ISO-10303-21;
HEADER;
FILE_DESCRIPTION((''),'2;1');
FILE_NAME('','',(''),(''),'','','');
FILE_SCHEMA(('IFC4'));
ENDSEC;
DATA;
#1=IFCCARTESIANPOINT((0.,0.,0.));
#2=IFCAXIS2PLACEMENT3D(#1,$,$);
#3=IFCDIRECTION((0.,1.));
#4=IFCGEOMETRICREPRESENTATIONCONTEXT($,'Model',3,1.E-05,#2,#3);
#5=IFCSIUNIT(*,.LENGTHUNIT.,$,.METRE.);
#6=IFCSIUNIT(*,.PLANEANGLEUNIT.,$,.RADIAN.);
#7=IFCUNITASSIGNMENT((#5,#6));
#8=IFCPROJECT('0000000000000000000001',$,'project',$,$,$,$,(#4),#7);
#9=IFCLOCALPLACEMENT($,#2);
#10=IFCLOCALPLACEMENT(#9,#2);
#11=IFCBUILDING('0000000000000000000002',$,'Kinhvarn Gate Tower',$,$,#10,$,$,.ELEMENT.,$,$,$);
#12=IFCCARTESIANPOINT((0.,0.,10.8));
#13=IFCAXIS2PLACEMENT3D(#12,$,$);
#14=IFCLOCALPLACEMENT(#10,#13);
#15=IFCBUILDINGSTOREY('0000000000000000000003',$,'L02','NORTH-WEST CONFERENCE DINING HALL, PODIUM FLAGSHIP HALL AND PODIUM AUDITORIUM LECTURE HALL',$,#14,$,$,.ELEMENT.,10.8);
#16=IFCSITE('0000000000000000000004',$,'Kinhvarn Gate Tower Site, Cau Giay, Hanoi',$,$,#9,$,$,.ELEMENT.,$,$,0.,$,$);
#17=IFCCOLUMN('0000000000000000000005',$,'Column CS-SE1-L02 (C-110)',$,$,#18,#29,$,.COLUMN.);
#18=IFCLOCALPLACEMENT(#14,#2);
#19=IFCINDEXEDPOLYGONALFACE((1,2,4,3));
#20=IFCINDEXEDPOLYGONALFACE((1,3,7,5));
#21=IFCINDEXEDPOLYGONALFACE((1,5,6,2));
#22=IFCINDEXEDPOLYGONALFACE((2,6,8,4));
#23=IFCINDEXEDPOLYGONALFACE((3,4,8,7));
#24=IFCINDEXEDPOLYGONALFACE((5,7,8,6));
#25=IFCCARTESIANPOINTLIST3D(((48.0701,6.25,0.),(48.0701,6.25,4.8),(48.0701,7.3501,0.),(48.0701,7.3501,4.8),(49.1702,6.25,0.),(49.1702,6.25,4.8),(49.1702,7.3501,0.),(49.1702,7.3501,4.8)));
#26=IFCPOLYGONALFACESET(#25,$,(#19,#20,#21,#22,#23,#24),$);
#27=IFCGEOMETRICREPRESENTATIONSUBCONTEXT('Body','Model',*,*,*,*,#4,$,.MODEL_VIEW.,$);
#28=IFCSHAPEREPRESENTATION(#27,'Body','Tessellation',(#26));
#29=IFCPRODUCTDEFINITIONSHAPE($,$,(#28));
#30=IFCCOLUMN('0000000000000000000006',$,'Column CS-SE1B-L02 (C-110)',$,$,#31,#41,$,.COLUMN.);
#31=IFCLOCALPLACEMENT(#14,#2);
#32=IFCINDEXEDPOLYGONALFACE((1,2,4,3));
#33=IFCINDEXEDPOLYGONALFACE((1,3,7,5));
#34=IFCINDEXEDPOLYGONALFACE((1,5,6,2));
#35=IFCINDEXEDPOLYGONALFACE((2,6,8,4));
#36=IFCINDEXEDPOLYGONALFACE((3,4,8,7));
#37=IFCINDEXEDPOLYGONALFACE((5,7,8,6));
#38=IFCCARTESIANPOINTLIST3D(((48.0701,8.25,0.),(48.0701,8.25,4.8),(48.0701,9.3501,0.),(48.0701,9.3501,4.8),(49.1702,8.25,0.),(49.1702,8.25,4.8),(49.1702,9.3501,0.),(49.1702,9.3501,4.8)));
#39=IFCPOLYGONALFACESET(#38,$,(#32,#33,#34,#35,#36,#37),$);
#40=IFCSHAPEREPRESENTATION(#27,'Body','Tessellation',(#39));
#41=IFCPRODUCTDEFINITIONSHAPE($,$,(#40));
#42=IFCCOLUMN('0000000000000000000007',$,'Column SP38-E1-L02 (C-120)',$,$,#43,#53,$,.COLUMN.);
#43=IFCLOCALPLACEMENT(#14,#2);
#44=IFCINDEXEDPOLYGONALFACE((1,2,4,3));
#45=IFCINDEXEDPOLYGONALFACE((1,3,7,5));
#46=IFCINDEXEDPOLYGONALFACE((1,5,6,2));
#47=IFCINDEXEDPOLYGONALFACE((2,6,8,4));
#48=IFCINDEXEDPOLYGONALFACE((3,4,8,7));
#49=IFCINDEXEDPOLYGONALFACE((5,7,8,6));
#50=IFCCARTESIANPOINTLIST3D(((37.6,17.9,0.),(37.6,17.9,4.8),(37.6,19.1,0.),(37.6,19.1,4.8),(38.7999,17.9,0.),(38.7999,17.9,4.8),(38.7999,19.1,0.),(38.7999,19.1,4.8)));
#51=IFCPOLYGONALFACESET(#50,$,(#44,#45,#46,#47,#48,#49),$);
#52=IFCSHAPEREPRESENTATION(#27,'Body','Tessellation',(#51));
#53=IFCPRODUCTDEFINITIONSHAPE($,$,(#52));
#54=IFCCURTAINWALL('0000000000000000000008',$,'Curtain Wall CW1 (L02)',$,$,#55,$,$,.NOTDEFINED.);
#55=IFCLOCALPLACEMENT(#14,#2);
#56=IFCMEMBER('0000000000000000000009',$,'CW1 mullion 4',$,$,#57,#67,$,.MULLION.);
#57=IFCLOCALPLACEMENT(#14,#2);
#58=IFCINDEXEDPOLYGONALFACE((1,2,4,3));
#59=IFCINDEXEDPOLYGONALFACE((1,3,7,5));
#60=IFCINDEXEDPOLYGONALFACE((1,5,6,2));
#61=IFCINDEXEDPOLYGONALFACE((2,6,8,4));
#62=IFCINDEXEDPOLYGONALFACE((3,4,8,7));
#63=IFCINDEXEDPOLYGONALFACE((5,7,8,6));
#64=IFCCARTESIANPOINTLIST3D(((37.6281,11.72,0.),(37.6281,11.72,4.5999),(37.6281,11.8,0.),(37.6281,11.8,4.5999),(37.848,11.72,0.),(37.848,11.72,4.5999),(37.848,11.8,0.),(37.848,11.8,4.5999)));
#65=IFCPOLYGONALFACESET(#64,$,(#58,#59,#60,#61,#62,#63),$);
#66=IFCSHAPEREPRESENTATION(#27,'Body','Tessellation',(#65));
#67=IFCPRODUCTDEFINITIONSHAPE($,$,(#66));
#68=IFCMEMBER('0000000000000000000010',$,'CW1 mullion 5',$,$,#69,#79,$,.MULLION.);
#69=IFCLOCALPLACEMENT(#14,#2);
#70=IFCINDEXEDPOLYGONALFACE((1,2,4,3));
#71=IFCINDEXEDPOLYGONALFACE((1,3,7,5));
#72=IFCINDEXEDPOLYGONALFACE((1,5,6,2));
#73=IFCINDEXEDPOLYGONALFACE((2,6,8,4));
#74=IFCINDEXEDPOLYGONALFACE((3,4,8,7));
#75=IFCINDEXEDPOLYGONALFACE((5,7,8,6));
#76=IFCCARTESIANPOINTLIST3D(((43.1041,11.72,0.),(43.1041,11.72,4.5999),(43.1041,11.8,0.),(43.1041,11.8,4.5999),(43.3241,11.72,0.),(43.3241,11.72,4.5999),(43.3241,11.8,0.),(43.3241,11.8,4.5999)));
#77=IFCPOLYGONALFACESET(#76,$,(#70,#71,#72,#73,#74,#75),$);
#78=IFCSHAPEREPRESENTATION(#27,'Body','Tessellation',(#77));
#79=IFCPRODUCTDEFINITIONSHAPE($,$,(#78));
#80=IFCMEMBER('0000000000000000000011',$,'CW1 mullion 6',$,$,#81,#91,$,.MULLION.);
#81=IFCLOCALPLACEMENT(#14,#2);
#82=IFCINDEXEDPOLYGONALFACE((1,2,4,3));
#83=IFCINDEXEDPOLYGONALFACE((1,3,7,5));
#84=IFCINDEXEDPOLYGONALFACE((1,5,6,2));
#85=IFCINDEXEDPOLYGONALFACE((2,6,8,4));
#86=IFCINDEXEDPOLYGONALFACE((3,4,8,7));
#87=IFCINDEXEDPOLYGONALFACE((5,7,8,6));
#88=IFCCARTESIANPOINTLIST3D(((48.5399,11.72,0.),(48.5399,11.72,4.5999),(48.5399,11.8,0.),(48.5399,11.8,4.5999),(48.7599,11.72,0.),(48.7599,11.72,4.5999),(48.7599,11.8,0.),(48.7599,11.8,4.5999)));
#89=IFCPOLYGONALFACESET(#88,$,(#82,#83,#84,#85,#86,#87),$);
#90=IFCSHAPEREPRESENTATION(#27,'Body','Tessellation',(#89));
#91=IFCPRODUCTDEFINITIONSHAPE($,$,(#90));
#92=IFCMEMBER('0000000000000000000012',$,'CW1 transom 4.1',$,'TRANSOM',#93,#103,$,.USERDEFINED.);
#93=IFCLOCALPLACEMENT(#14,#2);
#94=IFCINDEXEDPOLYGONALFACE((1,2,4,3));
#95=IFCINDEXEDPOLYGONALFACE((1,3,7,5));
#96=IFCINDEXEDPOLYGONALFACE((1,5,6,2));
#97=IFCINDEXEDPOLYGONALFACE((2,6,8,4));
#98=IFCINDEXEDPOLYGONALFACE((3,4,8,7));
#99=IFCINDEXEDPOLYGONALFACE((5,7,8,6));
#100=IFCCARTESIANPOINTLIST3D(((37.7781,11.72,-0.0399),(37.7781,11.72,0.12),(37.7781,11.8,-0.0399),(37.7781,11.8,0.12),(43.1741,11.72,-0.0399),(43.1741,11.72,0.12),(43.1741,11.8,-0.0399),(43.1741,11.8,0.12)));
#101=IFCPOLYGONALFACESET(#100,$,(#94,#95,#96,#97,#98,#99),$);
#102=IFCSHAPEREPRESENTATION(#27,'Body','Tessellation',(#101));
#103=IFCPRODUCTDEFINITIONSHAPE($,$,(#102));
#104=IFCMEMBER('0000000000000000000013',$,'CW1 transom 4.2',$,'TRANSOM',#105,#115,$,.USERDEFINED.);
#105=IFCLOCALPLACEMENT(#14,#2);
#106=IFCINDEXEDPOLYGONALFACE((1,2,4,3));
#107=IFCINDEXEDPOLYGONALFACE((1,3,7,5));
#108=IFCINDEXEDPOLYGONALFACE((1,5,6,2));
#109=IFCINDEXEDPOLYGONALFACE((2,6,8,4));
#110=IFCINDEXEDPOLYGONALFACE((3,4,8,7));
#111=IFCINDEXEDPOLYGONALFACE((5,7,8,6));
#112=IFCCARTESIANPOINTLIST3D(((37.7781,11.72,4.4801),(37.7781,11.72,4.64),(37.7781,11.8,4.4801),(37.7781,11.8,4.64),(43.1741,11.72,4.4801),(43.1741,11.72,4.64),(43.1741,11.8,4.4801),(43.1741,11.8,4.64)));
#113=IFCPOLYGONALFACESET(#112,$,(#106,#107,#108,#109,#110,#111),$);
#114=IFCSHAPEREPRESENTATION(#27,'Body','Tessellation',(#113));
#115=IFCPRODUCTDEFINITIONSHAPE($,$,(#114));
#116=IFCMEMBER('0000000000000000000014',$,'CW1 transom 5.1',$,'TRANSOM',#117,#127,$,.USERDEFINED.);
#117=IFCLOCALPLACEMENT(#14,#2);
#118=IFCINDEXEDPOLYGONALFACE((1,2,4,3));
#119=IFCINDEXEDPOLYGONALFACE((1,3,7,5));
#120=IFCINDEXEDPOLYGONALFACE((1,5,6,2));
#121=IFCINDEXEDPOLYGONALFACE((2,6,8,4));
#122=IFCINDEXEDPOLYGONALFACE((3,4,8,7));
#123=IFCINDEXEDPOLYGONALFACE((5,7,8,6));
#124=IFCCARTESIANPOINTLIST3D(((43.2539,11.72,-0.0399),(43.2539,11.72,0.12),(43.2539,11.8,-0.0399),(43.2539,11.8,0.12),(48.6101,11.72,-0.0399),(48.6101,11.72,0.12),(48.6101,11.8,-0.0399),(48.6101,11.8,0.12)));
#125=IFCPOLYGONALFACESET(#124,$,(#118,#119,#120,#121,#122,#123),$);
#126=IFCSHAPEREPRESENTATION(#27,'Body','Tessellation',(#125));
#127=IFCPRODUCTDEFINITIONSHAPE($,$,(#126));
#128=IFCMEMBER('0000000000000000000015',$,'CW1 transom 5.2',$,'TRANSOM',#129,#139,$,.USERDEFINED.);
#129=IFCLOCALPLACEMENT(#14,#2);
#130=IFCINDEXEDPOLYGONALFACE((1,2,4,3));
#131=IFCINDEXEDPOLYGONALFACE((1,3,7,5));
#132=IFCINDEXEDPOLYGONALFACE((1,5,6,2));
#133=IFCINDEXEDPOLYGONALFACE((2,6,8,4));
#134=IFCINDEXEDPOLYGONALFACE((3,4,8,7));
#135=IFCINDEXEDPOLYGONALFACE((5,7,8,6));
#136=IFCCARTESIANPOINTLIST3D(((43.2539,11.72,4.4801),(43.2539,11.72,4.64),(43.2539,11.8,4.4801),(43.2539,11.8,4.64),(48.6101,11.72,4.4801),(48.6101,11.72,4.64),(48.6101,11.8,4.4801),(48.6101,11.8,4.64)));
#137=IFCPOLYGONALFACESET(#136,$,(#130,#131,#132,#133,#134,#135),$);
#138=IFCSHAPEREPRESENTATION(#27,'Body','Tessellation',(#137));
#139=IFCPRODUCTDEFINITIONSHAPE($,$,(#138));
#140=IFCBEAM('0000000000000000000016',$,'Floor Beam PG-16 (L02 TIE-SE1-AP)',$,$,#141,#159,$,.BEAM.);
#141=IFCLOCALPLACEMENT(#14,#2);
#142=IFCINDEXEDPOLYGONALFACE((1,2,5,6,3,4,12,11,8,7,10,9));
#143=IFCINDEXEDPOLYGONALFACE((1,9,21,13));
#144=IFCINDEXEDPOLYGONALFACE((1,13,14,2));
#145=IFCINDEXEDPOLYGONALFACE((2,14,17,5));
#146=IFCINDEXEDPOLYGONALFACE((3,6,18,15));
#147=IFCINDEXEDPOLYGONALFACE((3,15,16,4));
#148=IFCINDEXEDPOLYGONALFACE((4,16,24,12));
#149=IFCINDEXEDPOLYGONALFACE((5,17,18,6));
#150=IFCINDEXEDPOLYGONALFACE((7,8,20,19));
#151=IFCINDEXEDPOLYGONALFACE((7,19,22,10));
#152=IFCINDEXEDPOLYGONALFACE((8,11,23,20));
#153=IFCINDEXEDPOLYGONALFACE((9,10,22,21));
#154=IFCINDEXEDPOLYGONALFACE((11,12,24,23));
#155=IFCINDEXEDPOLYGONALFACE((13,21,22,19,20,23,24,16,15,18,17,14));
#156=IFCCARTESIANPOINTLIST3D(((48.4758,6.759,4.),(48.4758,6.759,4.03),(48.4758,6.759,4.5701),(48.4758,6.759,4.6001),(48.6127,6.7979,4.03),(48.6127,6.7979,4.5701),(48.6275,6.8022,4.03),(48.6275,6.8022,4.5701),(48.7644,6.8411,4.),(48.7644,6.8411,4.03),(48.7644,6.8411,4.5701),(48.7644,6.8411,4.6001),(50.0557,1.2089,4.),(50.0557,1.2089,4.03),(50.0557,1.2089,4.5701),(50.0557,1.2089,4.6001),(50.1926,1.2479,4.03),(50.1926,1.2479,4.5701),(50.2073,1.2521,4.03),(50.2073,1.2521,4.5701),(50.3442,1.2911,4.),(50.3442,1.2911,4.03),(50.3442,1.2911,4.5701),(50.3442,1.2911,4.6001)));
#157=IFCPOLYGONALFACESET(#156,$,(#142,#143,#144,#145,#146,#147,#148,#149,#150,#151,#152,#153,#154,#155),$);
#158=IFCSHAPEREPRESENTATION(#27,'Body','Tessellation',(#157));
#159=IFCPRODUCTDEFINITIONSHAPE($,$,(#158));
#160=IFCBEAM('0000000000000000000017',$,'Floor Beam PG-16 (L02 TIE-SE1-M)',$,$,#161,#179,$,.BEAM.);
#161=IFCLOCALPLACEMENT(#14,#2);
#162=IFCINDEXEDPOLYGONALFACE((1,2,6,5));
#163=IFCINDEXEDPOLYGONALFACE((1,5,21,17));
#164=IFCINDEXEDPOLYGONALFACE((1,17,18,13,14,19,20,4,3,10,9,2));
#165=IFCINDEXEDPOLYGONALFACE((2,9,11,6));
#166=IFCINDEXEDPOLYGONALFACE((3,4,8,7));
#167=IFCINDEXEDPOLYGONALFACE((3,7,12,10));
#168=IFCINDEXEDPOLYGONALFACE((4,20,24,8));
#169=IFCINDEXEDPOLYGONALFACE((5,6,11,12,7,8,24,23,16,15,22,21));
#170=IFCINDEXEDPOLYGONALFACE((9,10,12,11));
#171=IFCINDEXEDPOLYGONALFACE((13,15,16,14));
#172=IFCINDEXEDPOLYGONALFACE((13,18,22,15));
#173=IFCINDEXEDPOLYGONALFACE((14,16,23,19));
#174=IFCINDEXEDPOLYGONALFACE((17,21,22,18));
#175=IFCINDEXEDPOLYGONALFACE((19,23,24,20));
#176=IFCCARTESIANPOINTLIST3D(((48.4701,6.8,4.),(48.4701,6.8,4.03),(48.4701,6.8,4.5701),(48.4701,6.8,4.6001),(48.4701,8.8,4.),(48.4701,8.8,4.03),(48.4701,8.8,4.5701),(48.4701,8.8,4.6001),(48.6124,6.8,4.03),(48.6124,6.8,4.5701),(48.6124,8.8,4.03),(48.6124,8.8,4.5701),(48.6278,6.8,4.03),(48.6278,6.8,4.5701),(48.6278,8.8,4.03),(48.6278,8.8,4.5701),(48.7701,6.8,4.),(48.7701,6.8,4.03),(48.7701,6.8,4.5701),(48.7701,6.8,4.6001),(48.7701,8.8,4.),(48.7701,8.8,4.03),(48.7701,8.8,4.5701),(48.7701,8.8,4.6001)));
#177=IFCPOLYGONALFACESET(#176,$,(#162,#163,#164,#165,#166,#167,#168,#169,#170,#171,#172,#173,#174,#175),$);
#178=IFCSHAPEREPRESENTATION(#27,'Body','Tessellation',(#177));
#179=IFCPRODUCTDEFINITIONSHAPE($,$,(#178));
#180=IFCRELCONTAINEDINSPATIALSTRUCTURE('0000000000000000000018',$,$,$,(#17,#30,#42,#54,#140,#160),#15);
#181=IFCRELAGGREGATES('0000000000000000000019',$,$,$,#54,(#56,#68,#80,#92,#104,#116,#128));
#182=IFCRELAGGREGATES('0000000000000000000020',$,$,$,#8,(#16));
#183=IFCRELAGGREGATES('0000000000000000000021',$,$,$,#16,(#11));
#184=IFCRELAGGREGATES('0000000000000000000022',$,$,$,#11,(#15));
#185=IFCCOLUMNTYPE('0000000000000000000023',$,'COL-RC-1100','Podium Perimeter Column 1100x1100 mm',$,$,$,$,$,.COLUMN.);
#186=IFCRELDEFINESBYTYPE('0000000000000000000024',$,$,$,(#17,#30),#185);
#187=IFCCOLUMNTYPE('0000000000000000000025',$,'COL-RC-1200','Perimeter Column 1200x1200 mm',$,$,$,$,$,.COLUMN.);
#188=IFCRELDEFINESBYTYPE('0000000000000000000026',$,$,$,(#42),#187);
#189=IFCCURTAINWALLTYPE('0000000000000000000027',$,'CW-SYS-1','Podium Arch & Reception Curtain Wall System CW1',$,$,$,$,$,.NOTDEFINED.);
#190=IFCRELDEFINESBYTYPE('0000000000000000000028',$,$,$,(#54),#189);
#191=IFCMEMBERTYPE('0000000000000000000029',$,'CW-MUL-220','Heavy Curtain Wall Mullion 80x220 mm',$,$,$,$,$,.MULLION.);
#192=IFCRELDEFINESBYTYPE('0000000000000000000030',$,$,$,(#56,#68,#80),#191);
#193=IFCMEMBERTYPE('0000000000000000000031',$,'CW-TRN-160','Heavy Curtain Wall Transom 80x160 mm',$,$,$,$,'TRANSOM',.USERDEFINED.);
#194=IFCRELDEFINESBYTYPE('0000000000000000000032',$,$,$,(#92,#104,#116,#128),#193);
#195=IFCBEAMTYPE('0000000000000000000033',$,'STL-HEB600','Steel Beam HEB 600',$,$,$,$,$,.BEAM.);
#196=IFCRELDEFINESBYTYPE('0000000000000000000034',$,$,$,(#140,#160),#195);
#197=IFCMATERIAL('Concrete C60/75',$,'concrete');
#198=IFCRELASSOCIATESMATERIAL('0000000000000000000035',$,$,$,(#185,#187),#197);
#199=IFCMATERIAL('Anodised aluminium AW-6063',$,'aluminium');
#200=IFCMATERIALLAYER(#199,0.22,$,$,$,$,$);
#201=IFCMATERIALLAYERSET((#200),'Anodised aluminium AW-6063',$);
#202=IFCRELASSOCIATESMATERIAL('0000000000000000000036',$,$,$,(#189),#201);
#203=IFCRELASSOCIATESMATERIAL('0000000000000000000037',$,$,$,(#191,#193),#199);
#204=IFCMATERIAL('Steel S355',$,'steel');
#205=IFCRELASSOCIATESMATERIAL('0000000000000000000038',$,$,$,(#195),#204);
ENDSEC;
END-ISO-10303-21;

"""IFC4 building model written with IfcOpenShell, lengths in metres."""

from ifc_helpers import new_model, si_unit, direction, frame, origin, origin_2d, place, context, subcontext, project, spatial, rectangle, i_section, extrude, material, layer, layer_set, material_profile, profile_set, type_object, element, aggregate, save


model = new_model("IFC4")

# Units and contexts
model_context = context("Model", 3, precision=1e-05, world=origin(), true_north=direction((0.0, 1.0)))
body_context = subcontext(model_context, "Body", "Model", "MODEL_VIEW")
ifc_project = project(units=[si_unit("LENGTHUNIT", "METRE"), si_unit("PLANEANGLEUNIT", "RADIAN")], contexts=[model_context])

# Site, building, storey
site_placement = place(None, origin())
site = spatial("IfcSite", under=ifc_project, at=site_placement, Name="Kinhvarn Gate Tower Site, Cau Giay, Hanoi", CompositionType="ELEMENT", RefElevation=0.0)
building_placement = place(site_placement, origin())
building = spatial("IfcBuilding", under=site, at=building_placement, Name="Kinhvarn Gate Tower", CompositionType="ELEMENT")
storey_placement = place(building_placement, frame((0.0, 0.0, 10.8)))
storey = spatial("IfcBuildingStorey", under=building, at=storey_placement, Name="L02", Description="NORTH-WEST CONFERENCE DINING HALL, PODIUM FLAGSHIP HALL AND PODIUM AUDITORIUM LECTURE HALL", CompositionType="ELEMENT", Elevation=10.8)

# Columns
ifc_material_1 = material(Name="Concrete C60/75", Category="concrete")
ifc_material_profile_1 = material_profile(ifc_material_1, rectangle(XDim=1.1001, YDim=1.1001, at=origin_2d()), Name="RC 1100x1100")
ifc_profile_set_1 = profile_set([ifc_material_profile_1], Name="Concrete C60/75")
column_type_1 = type_object("IfcColumnType", Name="COL-RC-1100", Description="Podium Perimeter Column 1100x1100 mm", PredefinedType="COLUMN", material=ifc_profile_set_1)
for number, where, z_axis, x_axis, name in (
    (1, (48.6201, 6.8, 0.0), (0.0, 0.0, 1.0), (1.0, 0.0, 0.0), "Column CS-SE1-L02 (C-110)"),
    (2, (48.6201, 8.8, 0.0), (0.0, 0.0, 1.0), (1.0, 0.0, 0.0), "Column CS-SE1B-L02 (C-110)"),
):
    element("IfcColumn", number, at=place(storey_placement, frame(where, z_axis=z_axis, x_axis=x_axis)), inside=storey, type_object=column_type_1, Name=name, PredefinedType="COLUMN", context=body_context, shape_type="SweptSolid", body=[
        extrude(rectangle(XDim=1.1001, YDim=1.1001, at=origin_2d()), origin(), (0.0, 0.0, 1.0), 4.8),
    ])
ifc_material_profile_2 = material_profile(ifc_material_1, rectangle(XDim=1.2, YDim=1.2, at=origin_2d()), Name="RC 1200x1200")
ifc_profile_set_2 = profile_set([ifc_material_profile_2], Name="Concrete C60/75")
column_type_2 = type_object("IfcColumnType", Name="COL-RC-1200", Description="Perimeter Column 1200x1200 mm", PredefinedType="COLUMN", material=ifc_profile_set_2)
column_placement = place(storey_placement, frame((38.2, 18.5, 0.0), z_axis=(0.0, 0.0, 1.0), x_axis=(1.0, 0.0, 0.0)))
element("IfcColumn", 3, at=column_placement, inside=storey, type_object=column_type_2, Name="Column SP38-E1-L02 (C-120)", PredefinedType="COLUMN", context=body_context, shape_type="SweptSolid", body=[
    extrude(rectangle(XDim=1.2, YDim=1.2, at=origin_2d()), origin(), (0.0, 0.0, 1.0), 4.8),
])

# Curtain wall, members
ifc_material_2 = material(Name="Anodised aluminium AW-6063", Category="aluminium")
ifc_layer_1 = layer(ifc_material_2, 0.22)
ifc_layer_set_1 = layer_set([ifc_layer_1], Name="Anodised aluminium AW-6063")
curtain_wall_type = type_object("IfcCurtainWallType", Name="CW-SYS-1", Description="Podium Arch & Reception Curtain Wall System CW1", PredefinedType="NOTDEFINED", material=ifc_layer_set_1)
curtain_wall_placement = place(storey_placement, origin())
curtain_wall = element("IfcCurtainWall", 4, at=curtain_wall_placement, inside=storey, type_object=curtain_wall_type, Name="Curtain Wall CW1 (L02)", PredefinedType="NOTDEFINED")
ifc_material_profile_3 = material_profile(ifc_material_2, rectangle(XDim=0.0801, YDim=0.22, at=origin_2d()), Name="ALU 80x220")
ifc_profile_set_3 = profile_set([ifc_material_profile_3], Name="Anodised aluminium AW-6063")
member_type_1 = type_object("IfcMemberType", Name="CW-MUL-220", Description="Heavy Curtain Wall Mullion 80x220 mm", PredefinedType="MULLION", material=ifc_profile_set_3)
member_1_placement = place(storey_placement, frame((37.738, 11.76, 0.0), z_axis=(0.0, 0.0, 1.0), x_axis=(0.0, 1.0, 0.0)))
member_1 = element("IfcMember", 5, at=member_1_placement, type_object=member_type_1, Name="CW1 mullion 4", PredefinedType="MULLION", context=body_context, shape_type="SweptSolid", body=[
    extrude(rectangle(XDim=0.0801, YDim=0.22, at=origin_2d()), origin(), (0.0, 0.0, 1.0), 4.5999),
])
member_2_placement = place(storey_placement, frame((43.2141, 11.76, 0.0), z_axis=(0.0, 0.0, 1.0), x_axis=(0.0, 1.0, 0.0)))
member_2 = element("IfcMember", 6, at=member_2_placement, type_object=member_type_1, Name="CW1 mullion 5", PredefinedType="MULLION", context=body_context, shape_type="SweptSolid", body=[
    extrude(rectangle(XDim=0.0801, YDim=0.22, at=origin_2d()), origin(), (0.0, 0.0, 1.0), 4.5999),
])
member_3_placement = place(storey_placement, frame((48.6499, 11.76, 0.0), z_axis=(0.0, 0.0, 1.0), x_axis=(0.0, 1.0, 0.0)))
member_3 = element("IfcMember", 7, at=member_3_placement, type_object=member_type_1, Name="CW1 mullion 6", PredefinedType="MULLION", context=body_context, shape_type="SweptSolid", body=[
    extrude(rectangle(XDim=0.0801, YDim=0.22, at=origin_2d()), origin(), (0.0, 0.0, 1.0), 4.5999),
])
ifc_material_profile_4 = material_profile(ifc_material_2, rectangle(XDim=0.0801, YDim=0.1599, at=origin_2d()), Name="ALU 80x160")
ifc_profile_set_4 = profile_set([ifc_material_profile_4], Name="Anodised aluminium AW-6063")
member_type_2 = type_object("IfcMemberType", Name="CW-TRN-160", Description="Heavy Curtain Wall Transom 80x160 mm", ElementType="TRANSOM", PredefinedType="USERDEFINED", material=ifc_profile_set_4)
member_4_placement = place(storey_placement, frame((37.7781, 11.76, 0.04), z_axis=(1.0, 0.0, 0.0), x_axis=(0.0, 1.0, 0.0)))
member_4 = element("IfcMember", 8, at=member_4_placement, type_object=member_type_2, Name="CW1 transom 4.1", ObjectType="TRANSOM", PredefinedType="USERDEFINED", context=body_context, shape_type="SweptSolid", body=[
    extrude(rectangle(XDim=0.0801, YDim=0.1599, at=origin_2d()), origin(), (0.0, 0.0, 1.0), 5.396),
])
member_5_placement = place(storey_placement, frame((37.7781, 11.76, 4.5601), z_axis=(1.0, 0.0, 0.0), x_axis=(0.0, 1.0, 0.0)))
member_5 = element("IfcMember", 9, at=member_5_placement, type_object=member_type_2, Name="CW1 transom 4.2", ObjectType="TRANSOM", PredefinedType="USERDEFINED", context=body_context, shape_type="SweptSolid", body=[
    extrude(rectangle(XDim=0.0801, YDim=0.1599, at=origin_2d()), origin(), (0.0, 0.0, 1.0), 5.396),
])
member_6_placement = place(storey_placement, frame((43.2539, 11.76, 0.04), z_axis=(1.0, 0.0, 0.0), x_axis=(0.0, 1.0, 0.0)))
member_6 = element("IfcMember", 10, at=member_6_placement, type_object=member_type_2, Name="CW1 transom 5.1", ObjectType="TRANSOM", PredefinedType="USERDEFINED", context=body_context, shape_type="SweptSolid", body=[
    extrude(rectangle(XDim=0.0801, YDim=0.1599, at=origin_2d()), origin(), (0.0, 0.0, 1.0), 5.3562),
])
member_7_placement = place(storey_placement, frame((43.2539, 11.76, 4.5601), z_axis=(1.0, 0.0, 0.0), x_axis=(0.0, 1.0, 0.0)))
member_7 = element("IfcMember", 11, at=member_7_placement, type_object=member_type_2, Name="CW1 transom 5.2", ObjectType="TRANSOM", PredefinedType="USERDEFINED", context=body_context, shape_type="SweptSolid", body=[
    extrude(rectangle(XDim=0.0801, YDim=0.1599, at=origin_2d()), origin(), (0.0, 0.0, 1.0), 5.3562),
])

# Beams
ifc_material_3 = material(Name="Steel S355", Category="steel")
ifc_material_profile_5 = material_profile(ifc_material_3, i_section(OverallWidth=0.3, OverallDepth=0.6001, WebThickness=0.0154, FlangeThickness=0.03, at=origin_2d()), Name="HEB 600")
ifc_profile_set_5 = profile_set([ifc_material_profile_5], Name="Steel S355")
beam_type_1 = type_object("IfcBeamType", Name="STL-HEB600", Description="Steel Beam HEB 600", PredefinedType="BEAM", material=ifc_profile_set_5)
beam_1_placement = place(storey_placement, frame((48.6201, 6.8, 4.3), z_axis=(0.273777, -0.961793, 0.0), x_axis=(0.961793, 0.273777, 0.0)))
element("IfcBeam", 12, at=beam_1_placement, inside=storey, type_object=beam_type_1, Name="Floor Beam PG-16 (L02 TIE-SE1-AP)", PredefinedType="BEAM", context=body_context, shape_type="SweptSolid", body=[
    extrude(i_section(OverallWidth=0.3, OverallDepth=0.6001, WebThickness=0.0154, FlangeThickness=0.03, at=origin_2d()), origin(), (0.0, 0.0, 1.0), 5.7705),
])
beam_2_placement = place(storey_placement, frame((48.6201, 6.8, 4.3), z_axis=(0.0, 1.0, 0.0), x_axis=(-1.0, 0.0, 0.0)))
element("IfcBeam", 13, at=beam_2_placement, inside=storey, type_object=beam_type_1, Name="Floor Beam PG-16 (L02 TIE-SE1-M)", PredefinedType="BEAM", context=body_context, shape_type="SweptSolid", body=[
    extrude(i_section(OverallWidth=0.3, OverallDepth=0.6001, WebThickness=0.0154, FlangeThickness=0.03, at=origin_2d()), origin(), (0.0, 0.0, 1.0), 2.0),
])

aggregate(curtain_wall, [member_1, member_2, member_3, member_4, member_5, member_6, member_7])

save(model, "model.ifc")
